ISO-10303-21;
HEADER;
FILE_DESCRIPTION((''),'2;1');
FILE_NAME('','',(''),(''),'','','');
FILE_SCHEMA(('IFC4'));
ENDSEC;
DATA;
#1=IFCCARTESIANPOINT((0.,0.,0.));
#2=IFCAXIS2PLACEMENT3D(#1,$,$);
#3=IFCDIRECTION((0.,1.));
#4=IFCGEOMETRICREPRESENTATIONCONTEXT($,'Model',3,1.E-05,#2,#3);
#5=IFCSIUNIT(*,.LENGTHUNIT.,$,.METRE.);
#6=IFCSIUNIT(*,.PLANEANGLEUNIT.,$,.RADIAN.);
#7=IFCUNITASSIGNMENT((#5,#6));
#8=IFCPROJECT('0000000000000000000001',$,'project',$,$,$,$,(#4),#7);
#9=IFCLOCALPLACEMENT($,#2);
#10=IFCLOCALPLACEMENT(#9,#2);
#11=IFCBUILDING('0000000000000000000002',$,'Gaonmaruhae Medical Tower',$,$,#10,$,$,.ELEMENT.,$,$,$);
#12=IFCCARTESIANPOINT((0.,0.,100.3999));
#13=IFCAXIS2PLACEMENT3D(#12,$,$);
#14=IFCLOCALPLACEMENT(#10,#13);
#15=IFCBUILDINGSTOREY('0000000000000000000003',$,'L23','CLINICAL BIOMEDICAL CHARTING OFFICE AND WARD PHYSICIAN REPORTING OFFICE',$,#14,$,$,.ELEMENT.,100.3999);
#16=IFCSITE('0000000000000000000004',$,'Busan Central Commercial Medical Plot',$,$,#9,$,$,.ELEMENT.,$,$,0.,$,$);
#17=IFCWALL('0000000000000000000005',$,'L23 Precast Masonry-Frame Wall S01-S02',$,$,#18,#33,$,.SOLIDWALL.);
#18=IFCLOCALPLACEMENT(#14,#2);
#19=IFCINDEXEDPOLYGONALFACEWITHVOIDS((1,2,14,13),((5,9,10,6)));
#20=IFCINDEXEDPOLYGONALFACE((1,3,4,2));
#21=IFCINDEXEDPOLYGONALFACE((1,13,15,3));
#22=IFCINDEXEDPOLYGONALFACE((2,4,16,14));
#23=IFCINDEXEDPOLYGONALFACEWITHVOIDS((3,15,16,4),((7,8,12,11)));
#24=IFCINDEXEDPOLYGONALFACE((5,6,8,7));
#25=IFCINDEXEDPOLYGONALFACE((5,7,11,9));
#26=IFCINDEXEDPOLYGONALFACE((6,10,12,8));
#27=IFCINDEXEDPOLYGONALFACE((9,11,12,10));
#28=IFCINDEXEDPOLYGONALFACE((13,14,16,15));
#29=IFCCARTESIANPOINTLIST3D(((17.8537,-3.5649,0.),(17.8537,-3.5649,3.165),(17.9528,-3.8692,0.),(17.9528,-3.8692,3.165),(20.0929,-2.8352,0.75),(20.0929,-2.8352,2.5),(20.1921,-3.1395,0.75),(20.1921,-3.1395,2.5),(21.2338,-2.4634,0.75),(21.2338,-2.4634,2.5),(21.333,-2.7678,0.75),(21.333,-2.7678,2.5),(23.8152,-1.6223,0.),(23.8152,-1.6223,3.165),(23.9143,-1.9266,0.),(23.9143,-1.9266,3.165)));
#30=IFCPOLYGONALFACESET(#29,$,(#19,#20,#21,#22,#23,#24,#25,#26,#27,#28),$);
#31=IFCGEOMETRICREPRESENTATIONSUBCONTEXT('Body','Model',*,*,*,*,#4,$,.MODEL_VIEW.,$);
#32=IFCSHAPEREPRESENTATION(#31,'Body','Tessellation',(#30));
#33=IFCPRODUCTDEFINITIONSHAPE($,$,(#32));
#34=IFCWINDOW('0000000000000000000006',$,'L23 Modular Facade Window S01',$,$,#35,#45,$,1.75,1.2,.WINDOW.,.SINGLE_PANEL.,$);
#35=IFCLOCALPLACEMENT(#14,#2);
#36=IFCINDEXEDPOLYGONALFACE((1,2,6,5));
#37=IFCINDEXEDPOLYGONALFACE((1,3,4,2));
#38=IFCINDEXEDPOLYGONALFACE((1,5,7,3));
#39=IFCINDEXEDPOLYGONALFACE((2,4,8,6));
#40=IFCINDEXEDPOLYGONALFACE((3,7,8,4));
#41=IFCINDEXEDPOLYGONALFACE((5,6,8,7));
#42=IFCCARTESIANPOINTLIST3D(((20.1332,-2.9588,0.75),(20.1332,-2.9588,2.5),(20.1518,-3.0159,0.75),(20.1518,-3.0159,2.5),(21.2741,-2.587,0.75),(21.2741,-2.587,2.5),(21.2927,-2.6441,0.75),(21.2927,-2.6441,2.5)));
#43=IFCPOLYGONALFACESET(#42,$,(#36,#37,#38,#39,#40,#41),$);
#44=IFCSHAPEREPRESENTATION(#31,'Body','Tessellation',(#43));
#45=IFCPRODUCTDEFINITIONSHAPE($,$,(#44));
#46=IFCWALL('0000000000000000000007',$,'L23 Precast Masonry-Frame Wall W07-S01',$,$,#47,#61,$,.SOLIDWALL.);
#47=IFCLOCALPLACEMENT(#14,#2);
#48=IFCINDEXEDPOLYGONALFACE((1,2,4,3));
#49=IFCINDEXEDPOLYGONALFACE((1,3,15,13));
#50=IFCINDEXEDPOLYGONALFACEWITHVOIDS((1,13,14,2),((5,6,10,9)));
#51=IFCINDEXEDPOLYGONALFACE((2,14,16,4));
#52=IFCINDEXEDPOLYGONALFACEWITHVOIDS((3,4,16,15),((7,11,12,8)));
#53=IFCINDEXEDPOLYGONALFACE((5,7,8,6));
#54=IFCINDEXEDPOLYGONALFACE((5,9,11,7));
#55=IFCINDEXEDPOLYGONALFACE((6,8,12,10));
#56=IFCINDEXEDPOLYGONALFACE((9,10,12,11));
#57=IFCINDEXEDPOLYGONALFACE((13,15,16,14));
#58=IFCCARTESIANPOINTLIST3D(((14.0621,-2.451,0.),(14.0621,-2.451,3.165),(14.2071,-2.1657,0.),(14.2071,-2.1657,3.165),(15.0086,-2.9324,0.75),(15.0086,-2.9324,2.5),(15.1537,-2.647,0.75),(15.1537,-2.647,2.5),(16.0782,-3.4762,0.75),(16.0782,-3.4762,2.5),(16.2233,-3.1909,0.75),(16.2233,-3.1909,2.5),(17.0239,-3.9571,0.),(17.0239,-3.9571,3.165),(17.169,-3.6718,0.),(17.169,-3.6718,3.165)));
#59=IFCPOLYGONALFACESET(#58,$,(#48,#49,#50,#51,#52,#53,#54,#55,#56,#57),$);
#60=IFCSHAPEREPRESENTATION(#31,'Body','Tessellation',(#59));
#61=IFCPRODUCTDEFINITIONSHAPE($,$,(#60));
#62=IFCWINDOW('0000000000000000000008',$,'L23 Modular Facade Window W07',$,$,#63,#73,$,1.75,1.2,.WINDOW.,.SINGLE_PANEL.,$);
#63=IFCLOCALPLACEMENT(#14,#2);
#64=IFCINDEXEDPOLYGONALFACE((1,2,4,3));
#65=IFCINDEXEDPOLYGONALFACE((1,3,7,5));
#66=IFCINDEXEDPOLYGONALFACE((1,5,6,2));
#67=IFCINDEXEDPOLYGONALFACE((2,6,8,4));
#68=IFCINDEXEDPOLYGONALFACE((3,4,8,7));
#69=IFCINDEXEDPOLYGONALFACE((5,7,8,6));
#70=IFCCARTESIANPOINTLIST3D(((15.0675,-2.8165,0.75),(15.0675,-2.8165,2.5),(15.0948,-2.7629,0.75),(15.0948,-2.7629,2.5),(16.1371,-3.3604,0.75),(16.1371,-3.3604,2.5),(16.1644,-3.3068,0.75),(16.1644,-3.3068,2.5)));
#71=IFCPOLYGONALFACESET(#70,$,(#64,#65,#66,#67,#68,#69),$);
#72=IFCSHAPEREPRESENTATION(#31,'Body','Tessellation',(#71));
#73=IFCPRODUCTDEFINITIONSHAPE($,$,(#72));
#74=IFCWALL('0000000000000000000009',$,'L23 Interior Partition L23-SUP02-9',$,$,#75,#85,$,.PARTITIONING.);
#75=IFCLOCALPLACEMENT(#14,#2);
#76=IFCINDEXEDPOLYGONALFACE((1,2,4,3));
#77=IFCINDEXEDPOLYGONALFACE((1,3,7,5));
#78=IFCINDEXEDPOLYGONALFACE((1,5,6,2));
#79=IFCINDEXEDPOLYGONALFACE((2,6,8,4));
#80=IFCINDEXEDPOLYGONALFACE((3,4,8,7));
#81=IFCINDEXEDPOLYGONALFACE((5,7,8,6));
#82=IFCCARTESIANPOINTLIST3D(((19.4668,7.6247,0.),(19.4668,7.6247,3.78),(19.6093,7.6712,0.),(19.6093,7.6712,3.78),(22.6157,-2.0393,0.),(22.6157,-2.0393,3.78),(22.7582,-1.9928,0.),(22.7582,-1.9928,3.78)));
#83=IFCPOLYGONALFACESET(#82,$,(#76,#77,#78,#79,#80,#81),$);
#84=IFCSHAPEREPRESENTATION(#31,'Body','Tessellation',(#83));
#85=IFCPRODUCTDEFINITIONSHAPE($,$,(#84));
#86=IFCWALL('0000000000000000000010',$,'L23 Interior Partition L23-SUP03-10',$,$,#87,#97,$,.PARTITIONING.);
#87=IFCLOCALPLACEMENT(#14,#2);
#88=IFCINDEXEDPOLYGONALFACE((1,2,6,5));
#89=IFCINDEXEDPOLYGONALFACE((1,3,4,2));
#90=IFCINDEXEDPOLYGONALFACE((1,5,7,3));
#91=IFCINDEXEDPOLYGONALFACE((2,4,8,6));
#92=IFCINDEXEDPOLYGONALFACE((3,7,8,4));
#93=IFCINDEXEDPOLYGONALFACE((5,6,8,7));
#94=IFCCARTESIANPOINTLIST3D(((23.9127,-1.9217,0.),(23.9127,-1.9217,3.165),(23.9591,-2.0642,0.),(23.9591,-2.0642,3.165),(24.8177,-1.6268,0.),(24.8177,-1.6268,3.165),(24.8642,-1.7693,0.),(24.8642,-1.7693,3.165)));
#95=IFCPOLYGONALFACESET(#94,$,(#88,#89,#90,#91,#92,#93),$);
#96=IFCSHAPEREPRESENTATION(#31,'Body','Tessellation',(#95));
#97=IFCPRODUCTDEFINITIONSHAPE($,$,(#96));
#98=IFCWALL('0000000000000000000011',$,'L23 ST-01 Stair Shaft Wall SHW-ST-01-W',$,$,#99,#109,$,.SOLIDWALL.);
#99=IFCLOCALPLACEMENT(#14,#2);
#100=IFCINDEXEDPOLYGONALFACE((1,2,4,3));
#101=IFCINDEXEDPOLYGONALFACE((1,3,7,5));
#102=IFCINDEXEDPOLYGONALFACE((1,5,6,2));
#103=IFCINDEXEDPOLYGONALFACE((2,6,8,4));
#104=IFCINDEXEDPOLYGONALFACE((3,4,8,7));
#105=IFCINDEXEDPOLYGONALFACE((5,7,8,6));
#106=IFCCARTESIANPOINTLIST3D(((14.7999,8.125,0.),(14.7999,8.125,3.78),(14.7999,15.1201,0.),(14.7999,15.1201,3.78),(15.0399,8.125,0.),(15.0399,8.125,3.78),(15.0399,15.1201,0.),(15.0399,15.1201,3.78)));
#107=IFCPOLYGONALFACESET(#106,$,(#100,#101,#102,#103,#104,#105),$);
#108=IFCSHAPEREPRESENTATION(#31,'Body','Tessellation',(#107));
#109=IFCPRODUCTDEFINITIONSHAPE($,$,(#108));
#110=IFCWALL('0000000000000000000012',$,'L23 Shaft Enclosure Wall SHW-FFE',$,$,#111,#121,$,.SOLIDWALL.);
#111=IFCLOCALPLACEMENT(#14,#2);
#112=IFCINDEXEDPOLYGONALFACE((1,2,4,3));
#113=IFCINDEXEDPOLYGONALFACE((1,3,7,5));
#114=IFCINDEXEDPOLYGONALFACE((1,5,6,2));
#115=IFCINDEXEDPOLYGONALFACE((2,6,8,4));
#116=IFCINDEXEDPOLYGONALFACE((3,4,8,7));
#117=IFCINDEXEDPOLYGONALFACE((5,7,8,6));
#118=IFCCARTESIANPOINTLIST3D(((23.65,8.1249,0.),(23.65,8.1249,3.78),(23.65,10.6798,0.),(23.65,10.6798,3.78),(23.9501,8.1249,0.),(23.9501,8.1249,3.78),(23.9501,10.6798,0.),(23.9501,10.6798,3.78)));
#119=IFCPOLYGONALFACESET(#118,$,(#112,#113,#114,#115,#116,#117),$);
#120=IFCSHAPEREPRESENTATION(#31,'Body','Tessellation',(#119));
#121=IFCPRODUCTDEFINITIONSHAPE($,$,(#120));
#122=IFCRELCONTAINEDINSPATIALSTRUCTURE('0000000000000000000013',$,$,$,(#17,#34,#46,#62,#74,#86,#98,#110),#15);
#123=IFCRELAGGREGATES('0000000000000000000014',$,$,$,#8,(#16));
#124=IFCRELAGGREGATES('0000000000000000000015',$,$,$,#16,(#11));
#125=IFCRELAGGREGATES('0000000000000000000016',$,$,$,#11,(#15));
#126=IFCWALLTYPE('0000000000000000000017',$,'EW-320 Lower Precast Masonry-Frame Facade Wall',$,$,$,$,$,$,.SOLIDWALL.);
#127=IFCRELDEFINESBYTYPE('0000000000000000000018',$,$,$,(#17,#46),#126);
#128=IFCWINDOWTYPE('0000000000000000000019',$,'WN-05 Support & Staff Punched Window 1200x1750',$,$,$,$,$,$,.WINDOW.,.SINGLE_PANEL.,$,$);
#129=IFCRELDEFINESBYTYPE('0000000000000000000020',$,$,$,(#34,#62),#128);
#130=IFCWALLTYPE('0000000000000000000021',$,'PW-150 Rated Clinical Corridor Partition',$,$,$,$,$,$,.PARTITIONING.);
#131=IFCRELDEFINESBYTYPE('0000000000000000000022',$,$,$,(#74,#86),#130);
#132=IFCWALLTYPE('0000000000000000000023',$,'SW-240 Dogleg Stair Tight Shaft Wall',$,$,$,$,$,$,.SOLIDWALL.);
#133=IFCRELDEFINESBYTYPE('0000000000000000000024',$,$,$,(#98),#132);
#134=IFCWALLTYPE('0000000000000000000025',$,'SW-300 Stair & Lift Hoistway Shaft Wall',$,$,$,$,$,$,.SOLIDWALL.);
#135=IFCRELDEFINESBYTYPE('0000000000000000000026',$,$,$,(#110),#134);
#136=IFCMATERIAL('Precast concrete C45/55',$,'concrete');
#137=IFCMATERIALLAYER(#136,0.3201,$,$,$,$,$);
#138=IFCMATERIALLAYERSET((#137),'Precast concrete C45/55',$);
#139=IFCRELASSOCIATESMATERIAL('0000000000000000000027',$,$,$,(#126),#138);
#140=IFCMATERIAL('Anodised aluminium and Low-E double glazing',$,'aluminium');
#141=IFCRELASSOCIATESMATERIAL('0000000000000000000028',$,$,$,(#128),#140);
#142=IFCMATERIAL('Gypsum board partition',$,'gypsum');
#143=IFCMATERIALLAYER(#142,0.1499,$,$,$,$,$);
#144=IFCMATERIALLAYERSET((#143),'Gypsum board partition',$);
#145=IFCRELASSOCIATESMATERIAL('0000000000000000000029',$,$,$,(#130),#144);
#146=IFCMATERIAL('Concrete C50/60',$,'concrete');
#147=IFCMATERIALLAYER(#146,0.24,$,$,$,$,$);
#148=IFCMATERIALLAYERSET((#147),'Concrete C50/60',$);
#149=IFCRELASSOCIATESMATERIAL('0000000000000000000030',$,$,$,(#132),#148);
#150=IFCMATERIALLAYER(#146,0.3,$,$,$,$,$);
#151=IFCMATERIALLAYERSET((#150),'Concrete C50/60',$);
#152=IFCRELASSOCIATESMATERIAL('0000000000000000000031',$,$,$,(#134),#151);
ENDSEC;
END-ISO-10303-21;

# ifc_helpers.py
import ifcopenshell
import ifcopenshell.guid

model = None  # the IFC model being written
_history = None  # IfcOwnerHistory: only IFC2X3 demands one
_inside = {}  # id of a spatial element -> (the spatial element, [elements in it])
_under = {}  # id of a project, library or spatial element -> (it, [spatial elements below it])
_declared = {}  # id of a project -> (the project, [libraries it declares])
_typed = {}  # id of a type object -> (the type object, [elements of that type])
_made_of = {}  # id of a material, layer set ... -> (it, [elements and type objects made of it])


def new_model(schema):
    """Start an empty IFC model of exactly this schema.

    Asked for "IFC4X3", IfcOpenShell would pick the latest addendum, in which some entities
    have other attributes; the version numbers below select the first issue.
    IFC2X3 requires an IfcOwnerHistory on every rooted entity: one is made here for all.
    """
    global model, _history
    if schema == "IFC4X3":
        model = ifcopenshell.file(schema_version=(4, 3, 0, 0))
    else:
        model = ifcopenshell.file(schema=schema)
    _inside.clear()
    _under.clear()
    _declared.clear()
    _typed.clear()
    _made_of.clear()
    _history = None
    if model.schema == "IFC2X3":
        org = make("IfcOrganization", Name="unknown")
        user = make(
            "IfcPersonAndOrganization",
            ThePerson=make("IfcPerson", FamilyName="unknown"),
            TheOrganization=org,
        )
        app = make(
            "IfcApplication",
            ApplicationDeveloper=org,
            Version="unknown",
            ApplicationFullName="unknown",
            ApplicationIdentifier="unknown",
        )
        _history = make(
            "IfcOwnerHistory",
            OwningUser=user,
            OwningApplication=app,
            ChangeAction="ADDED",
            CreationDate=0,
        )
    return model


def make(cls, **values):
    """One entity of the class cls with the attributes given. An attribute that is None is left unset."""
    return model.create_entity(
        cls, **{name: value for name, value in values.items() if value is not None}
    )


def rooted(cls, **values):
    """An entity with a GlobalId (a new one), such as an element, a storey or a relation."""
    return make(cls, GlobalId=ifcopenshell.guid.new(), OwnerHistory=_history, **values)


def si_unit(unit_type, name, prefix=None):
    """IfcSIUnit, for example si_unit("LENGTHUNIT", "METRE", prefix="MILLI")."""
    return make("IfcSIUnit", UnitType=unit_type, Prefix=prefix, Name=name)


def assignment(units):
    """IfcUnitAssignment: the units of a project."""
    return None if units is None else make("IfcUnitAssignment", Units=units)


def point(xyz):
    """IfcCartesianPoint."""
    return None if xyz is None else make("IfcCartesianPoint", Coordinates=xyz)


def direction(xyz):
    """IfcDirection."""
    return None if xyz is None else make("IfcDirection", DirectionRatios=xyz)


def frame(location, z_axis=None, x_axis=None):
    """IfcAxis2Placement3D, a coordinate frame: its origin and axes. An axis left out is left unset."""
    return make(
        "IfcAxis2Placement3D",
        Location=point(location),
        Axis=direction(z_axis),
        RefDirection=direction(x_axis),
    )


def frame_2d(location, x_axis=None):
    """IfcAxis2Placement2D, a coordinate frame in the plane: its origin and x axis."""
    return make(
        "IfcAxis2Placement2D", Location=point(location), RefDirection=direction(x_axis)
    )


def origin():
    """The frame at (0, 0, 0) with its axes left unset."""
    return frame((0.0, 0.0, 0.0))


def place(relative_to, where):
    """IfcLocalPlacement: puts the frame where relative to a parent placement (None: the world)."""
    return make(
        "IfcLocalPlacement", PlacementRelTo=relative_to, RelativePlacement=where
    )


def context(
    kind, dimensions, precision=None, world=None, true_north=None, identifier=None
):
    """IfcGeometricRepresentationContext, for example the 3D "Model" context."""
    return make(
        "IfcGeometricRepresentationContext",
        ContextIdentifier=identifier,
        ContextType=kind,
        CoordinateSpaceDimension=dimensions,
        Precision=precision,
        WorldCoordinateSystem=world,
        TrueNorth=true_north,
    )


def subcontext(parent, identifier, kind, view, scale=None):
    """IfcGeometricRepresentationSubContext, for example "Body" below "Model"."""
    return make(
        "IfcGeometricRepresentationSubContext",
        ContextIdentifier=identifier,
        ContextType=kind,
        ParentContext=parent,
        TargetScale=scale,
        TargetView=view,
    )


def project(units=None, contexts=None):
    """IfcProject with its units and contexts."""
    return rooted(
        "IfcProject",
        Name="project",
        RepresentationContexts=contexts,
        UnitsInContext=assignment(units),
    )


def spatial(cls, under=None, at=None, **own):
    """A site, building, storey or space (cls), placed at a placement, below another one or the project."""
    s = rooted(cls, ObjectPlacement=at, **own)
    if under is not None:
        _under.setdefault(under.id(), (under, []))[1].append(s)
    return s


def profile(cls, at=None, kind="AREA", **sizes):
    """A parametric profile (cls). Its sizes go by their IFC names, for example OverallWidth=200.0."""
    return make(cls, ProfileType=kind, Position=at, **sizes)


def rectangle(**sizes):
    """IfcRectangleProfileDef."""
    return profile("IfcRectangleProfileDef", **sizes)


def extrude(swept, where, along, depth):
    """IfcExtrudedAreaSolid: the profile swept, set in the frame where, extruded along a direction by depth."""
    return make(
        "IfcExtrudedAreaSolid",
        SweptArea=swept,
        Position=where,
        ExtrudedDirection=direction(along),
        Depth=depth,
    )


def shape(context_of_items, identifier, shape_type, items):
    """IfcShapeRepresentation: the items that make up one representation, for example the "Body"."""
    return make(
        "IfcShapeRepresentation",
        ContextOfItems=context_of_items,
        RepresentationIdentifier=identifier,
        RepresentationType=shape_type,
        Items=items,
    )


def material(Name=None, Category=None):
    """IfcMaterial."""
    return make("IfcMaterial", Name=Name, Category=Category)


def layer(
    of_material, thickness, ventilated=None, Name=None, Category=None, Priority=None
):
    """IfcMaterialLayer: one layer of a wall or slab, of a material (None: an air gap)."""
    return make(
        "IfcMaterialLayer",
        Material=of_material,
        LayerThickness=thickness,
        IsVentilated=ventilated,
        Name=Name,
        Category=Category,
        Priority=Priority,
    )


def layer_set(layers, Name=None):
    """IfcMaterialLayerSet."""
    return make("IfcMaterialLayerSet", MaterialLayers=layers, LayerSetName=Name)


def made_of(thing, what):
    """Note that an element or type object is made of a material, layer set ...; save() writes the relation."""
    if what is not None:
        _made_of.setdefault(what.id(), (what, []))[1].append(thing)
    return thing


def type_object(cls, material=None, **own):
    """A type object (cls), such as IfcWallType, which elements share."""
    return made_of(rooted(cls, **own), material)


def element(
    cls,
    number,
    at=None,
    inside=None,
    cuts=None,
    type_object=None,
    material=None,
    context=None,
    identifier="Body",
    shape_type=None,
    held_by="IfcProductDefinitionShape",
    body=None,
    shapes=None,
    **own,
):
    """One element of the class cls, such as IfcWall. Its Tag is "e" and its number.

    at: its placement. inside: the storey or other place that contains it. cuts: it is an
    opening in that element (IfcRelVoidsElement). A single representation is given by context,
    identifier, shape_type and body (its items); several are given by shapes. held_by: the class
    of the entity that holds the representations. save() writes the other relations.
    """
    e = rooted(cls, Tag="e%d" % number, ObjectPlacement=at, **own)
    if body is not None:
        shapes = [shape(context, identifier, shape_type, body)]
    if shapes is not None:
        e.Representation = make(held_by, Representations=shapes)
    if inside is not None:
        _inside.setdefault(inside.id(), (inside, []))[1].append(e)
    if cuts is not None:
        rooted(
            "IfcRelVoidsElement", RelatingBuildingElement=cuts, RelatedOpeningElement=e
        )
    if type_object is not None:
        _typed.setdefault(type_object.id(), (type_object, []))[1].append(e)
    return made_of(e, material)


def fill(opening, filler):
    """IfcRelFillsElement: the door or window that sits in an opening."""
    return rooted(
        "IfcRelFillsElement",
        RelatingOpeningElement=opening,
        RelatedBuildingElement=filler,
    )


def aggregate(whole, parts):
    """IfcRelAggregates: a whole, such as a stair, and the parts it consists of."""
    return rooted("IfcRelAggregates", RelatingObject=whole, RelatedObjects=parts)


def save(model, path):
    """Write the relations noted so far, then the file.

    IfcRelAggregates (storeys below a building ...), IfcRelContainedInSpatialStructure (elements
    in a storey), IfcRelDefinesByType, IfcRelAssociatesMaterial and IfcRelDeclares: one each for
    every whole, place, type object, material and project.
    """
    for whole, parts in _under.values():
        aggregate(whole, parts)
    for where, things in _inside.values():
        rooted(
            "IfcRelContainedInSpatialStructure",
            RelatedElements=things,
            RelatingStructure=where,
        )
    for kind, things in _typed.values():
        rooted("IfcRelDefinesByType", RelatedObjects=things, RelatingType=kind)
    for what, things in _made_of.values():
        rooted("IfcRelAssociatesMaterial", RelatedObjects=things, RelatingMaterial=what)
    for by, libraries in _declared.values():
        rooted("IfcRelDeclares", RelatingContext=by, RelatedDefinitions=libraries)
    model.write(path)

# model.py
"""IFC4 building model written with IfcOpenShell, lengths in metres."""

from ifc_helpers import new_model, si_unit, direction, frame, frame_2d, origin, place, context, subcontext, project, spatial, rectangle, extrude, material, layer, layer_set, type_object, element, fill, save


model = new_model("IFC4")

# Units and contexts
model_context = context("Model", 3, precision=1e-05, world=origin(), true_north=direction((0.0, 1.0)))
body_context = subcontext(model_context, "Body", "Model", "MODEL_VIEW")
ifc_project = project(units=[si_unit("LENGTHUNIT", "METRE"), si_unit("PLANEANGLEUNIT", "RADIAN")], contexts=[model_context])

# Site, building, storey
site_placement = place(None, origin())
site = spatial("IfcSite", under=ifc_project, at=site_placement, Name="Busan Central Commercial Medical Plot", CompositionType="ELEMENT", RefElevation=0.0)
building_placement = place(site_placement, origin())
building = spatial("IfcBuilding", under=site, at=building_placement, Name="Gaonmaruhae Medical Tower", CompositionType="ELEMENT")
storey_placement = place(building_placement, frame((0.0, 0.0, 100.3999)))
storey = spatial("IfcBuildingStorey", under=building, at=storey_placement, Name="L23", Description="CLINICAL BIOMEDICAL CHARTING OFFICE AND WARD PHYSICIAN REPORTING OFFICE", CompositionType="ELEMENT", Elevation=100.3999)

# Walls, openings, windows
ifc_material_1 = material(Name="Precast concrete C45/55", Category="concrete")
ifc_layer_1 = layer(ifc_material_1, 0.3201)
ifc_layer_set_1 = layer_set([ifc_layer_1], Name="Precast concrete C45/55")
wall_type_1 = type_object("IfcWallType", Name="EW-320 Lower Precast Masonry-Frame Facade Wall", PredefinedType="SOLIDWALL", material=ifc_layer_set_1)
wall_1_placement = place(storey_placement, frame((23.8647, -1.7744, 0.0), z_axis=(0.0, 0.0, 1.0), x_axis=(-0.950792, -0.309831, 0.0)))
wall_1 = element("IfcWall", 1, at=wall_1_placement, inside=storey, type_object=wall_type_1, Name="L23 Precast Masonry-Frame Wall S01-S02", PredefinedType="SOLIDWALL", context=body_context, shape_type="SweptSolid", body=[
    extrude(rectangle(XDim=6.27, YDim=0.3201, at=frame_2d((3.135, 0.0))), origin(), (0.0, 0.0, 1.0), 3.165),
])
opening_1_placement = place(wall_1_placement, frame((2.7148, 0.0, 0.75)))
opening_1 = element("IfcOpeningElement", 2, at=opening_1_placement, cuts=wall_1, PredefinedType="OPENING", context=body_context, shape_type="SweptSolid", body=[
    extrude(rectangle(XDim=1.2, YDim=1.75, at=frame_2d((0.6001, 0.875))), frame((0.0, 0.1699, 0.0), z_axis=(0.0, -1.0, 0.0), x_axis=(1.0, 0.0, 0.0)), (0.0, 0.0, 1.0), 0.3401),
])
ifc_material_2 = material(Name="Anodised aluminium and Low-E double glazing", Category="aluminium")
window_type = type_object("IfcWindowType", Name="WN-05 Support & Staff Punched Window 1200x1750", PartitioningType="SINGLE_PANEL", PredefinedType="WINDOW", material=ifc_material_2)
window_1_placement = place(opening_1_placement, origin())
window_1 = element("IfcWindow", 3, at=window_1_placement, inside=storey, type_object=window_type, Name="L23 Modular Facade Window S01", OverallHeight=1.75, OverallWidth=1.2, PartitioningType="SINGLE_PANEL", PredefinedType="WINDOW", context=body_context, shape_type="SweptSolid", body=[
    extrude(rectangle(XDim=1.2, YDim=1.75, at=frame_2d((0.6001, 0.875))), frame((0.0, 0.03, 0.0), z_axis=(0.0, -1.0, 0.0), x_axis=(1.0, 0.0, 0.0)), (0.0, 0.0, 1.0), 0.0601),
])
fill(opening_1, window_1)
wall_2_placement = place(storey_placement, frame((17.0964, -3.8145, 0.0), z_axis=(0.0, 0.0, 1.0), x_axis=(-0.89138, 0.453258, 0.0)))
wall_2 = element("IfcWall", 4, at=wall_2_placement, inside=storey, type_object=wall_type_1, Name="L23 Precast Masonry-Frame Wall W07-S01", PredefinedType="SOLIDWALL", context=body_context, shape_type="SweptSolid", body=[
    extrude(rectangle(XDim=3.3228, YDim=0.3201, at=frame_2d((1.6614, 0.0))), origin(), (0.0, 0.0, 1.0), 3.165),
])
opening_2_placement = place(wall_2_placement, frame((1.0608, 0.0, 0.75)))
opening_2 = element("IfcOpeningElement", 5, at=opening_2_placement, cuts=wall_2, PredefinedType="OPENING", context=body_context, shape_type="SweptSolid", body=[
    extrude(rectangle(XDim=1.2, YDim=1.75, at=frame_2d((0.6001, 0.875))), frame((0.0, 0.1699, 0.0), z_axis=(0.0, -1.0, 0.0), x_axis=(1.0, 0.0, 0.0)), (0.0, 0.0, 1.0), 0.3401),
])
window_2_placement = place(opening_2_placement, origin())
window_2 = element("IfcWindow", 6, at=window_2_placement, inside=storey, type_object=window_type, Name="L23 Modular Facade Window W07", OverallHeight=1.75, OverallWidth=1.2, PartitioningType="SINGLE_PANEL", PredefinedType="WINDOW", context=body_context, shape_type="SweptSolid", body=[
    extrude(rectangle(XDim=1.2, YDim=1.75, at=frame_2d((0.6001, 0.875))), frame((0.0, 0.03, 0.0), z_axis=(0.0, -1.0, 0.0), x_axis=(1.0, 0.0, 0.0)), (0.0, 0.0, 1.0), 0.0601),
])
fill(opening_2, window_2)

# Walls
ifc_material_3 = material(Name="Gypsum board partition", Category="gypsum")
ifc_layer_2 = layer(ifc_material_3, 0.1499)
ifc_layer_set_2 = layer_set([ifc_layer_2], Name="Gypsum board partition")
wall_type_2 = type_object("IfcWallType", Name="PW-150 Rated Clinical Corridor Partition", PredefinedType="PARTITIONING", material=ifc_layer_set_2)
wall_3_placement = place(storey_placement, frame((19.5381, 7.6479, 0.0), z_axis=(0.0, 0.0, 1.0), x_axis=(0.309807, -0.950799, 0.0)))
element("IfcWall", 7, at=wall_3_placement, inside=storey, type_object=wall_type_2, Name="L23 Interior Partition L23-SUP02-9", PredefinedType="PARTITIONING", context=body_context, shape_type="SweptSolid", body=[
    extrude(rectangle(XDim=10.1641, YDim=0.1499, at=frame_2d((5.082, 0.0))), origin(), (0.0, 0.0, 1.0), 3.78),
])
wall_4_placement = place(storey_placement, frame((24.8411, -1.698, 0.0), z_axis=(0.0, 0.0, 1.0), x_axis=(-0.950791, -0.309834, 0.0)))
element("IfcWall", 8, at=wall_4_placement, inside=storey, type_object=wall_type_2, Name="L23 Interior Partition L23-SUP03-10", PredefinedType="PARTITIONING", context=body_context, shape_type="SweptSolid", body=[
    extrude(rectangle(XDim=0.9519, YDim=0.1499, at=frame_2d((0.4761, 0.0))), origin(), (0.0, 0.0, 1.0), 3.165),
])
ifc_material_4 = material(Name="Concrete C50/60", Category="concrete")
ifc_layer_3 = layer(ifc_material_4, 0.24)
ifc_layer_set_3 = layer_set([ifc_layer_3], Name="Concrete C50/60")
wall_type_3 = type_object("IfcWallType", Name="SW-240 Dogleg Stair Tight Shaft Wall", PredefinedType="SOLIDWALL", material=ifc_layer_set_3)
wall_5_placement = place(storey_placement, frame((14.9199, 8.125, 0.0), z_axis=(0.0, 0.0, 1.0), x_axis=(0.0, 1.0, 0.0)))
element("IfcWall", 9, at=wall_5_placement, inside=storey, type_object=wall_type_3, Name="L23 ST-01 Stair Shaft Wall SHW-ST-01-W", PredefinedType="SOLIDWALL", context=body_context, shape_type="SweptSolid", body=[
    extrude(rectangle(XDim=6.9951, YDim=0.24, at=frame_2d((3.4976, 0.0))), origin(), (0.0, 0.0, 1.0), 3.78),
])
ifc_layer_4 = layer(ifc_material_4, 0.3)
ifc_layer_set_4 = layer_set([ifc_layer_4], Name="Concrete C50/60")
wall_type_4 = type_object("IfcWallType", Name="SW-300 Stair & Lift Hoistway Shaft Wall", PredefinedType="SOLIDWALL", material=ifc_layer_set_4)
wall_6_placement = place(storey_placement, frame((23.8, 8.125, 0.0), z_axis=(0.0, 0.0, 1.0), x_axis=(0.0, 1.0, 0.0)))
element("IfcWall", 10, at=wall_6_placement, inside=storey, type_object=wall_type_4, Name="L23 Shaft Enclosure Wall SHW-FFE", PredefinedType="SOLIDWALL", context=body_context, shape_type="SweptSolid", body=[
    extrude(rectangle(XDim=2.5549, YDim=0.3, at=frame_2d((1.2773, 0.0))), origin(), (0.0, 0.0, 1.0), 3.78),
])

save(model, "model.ifc")
